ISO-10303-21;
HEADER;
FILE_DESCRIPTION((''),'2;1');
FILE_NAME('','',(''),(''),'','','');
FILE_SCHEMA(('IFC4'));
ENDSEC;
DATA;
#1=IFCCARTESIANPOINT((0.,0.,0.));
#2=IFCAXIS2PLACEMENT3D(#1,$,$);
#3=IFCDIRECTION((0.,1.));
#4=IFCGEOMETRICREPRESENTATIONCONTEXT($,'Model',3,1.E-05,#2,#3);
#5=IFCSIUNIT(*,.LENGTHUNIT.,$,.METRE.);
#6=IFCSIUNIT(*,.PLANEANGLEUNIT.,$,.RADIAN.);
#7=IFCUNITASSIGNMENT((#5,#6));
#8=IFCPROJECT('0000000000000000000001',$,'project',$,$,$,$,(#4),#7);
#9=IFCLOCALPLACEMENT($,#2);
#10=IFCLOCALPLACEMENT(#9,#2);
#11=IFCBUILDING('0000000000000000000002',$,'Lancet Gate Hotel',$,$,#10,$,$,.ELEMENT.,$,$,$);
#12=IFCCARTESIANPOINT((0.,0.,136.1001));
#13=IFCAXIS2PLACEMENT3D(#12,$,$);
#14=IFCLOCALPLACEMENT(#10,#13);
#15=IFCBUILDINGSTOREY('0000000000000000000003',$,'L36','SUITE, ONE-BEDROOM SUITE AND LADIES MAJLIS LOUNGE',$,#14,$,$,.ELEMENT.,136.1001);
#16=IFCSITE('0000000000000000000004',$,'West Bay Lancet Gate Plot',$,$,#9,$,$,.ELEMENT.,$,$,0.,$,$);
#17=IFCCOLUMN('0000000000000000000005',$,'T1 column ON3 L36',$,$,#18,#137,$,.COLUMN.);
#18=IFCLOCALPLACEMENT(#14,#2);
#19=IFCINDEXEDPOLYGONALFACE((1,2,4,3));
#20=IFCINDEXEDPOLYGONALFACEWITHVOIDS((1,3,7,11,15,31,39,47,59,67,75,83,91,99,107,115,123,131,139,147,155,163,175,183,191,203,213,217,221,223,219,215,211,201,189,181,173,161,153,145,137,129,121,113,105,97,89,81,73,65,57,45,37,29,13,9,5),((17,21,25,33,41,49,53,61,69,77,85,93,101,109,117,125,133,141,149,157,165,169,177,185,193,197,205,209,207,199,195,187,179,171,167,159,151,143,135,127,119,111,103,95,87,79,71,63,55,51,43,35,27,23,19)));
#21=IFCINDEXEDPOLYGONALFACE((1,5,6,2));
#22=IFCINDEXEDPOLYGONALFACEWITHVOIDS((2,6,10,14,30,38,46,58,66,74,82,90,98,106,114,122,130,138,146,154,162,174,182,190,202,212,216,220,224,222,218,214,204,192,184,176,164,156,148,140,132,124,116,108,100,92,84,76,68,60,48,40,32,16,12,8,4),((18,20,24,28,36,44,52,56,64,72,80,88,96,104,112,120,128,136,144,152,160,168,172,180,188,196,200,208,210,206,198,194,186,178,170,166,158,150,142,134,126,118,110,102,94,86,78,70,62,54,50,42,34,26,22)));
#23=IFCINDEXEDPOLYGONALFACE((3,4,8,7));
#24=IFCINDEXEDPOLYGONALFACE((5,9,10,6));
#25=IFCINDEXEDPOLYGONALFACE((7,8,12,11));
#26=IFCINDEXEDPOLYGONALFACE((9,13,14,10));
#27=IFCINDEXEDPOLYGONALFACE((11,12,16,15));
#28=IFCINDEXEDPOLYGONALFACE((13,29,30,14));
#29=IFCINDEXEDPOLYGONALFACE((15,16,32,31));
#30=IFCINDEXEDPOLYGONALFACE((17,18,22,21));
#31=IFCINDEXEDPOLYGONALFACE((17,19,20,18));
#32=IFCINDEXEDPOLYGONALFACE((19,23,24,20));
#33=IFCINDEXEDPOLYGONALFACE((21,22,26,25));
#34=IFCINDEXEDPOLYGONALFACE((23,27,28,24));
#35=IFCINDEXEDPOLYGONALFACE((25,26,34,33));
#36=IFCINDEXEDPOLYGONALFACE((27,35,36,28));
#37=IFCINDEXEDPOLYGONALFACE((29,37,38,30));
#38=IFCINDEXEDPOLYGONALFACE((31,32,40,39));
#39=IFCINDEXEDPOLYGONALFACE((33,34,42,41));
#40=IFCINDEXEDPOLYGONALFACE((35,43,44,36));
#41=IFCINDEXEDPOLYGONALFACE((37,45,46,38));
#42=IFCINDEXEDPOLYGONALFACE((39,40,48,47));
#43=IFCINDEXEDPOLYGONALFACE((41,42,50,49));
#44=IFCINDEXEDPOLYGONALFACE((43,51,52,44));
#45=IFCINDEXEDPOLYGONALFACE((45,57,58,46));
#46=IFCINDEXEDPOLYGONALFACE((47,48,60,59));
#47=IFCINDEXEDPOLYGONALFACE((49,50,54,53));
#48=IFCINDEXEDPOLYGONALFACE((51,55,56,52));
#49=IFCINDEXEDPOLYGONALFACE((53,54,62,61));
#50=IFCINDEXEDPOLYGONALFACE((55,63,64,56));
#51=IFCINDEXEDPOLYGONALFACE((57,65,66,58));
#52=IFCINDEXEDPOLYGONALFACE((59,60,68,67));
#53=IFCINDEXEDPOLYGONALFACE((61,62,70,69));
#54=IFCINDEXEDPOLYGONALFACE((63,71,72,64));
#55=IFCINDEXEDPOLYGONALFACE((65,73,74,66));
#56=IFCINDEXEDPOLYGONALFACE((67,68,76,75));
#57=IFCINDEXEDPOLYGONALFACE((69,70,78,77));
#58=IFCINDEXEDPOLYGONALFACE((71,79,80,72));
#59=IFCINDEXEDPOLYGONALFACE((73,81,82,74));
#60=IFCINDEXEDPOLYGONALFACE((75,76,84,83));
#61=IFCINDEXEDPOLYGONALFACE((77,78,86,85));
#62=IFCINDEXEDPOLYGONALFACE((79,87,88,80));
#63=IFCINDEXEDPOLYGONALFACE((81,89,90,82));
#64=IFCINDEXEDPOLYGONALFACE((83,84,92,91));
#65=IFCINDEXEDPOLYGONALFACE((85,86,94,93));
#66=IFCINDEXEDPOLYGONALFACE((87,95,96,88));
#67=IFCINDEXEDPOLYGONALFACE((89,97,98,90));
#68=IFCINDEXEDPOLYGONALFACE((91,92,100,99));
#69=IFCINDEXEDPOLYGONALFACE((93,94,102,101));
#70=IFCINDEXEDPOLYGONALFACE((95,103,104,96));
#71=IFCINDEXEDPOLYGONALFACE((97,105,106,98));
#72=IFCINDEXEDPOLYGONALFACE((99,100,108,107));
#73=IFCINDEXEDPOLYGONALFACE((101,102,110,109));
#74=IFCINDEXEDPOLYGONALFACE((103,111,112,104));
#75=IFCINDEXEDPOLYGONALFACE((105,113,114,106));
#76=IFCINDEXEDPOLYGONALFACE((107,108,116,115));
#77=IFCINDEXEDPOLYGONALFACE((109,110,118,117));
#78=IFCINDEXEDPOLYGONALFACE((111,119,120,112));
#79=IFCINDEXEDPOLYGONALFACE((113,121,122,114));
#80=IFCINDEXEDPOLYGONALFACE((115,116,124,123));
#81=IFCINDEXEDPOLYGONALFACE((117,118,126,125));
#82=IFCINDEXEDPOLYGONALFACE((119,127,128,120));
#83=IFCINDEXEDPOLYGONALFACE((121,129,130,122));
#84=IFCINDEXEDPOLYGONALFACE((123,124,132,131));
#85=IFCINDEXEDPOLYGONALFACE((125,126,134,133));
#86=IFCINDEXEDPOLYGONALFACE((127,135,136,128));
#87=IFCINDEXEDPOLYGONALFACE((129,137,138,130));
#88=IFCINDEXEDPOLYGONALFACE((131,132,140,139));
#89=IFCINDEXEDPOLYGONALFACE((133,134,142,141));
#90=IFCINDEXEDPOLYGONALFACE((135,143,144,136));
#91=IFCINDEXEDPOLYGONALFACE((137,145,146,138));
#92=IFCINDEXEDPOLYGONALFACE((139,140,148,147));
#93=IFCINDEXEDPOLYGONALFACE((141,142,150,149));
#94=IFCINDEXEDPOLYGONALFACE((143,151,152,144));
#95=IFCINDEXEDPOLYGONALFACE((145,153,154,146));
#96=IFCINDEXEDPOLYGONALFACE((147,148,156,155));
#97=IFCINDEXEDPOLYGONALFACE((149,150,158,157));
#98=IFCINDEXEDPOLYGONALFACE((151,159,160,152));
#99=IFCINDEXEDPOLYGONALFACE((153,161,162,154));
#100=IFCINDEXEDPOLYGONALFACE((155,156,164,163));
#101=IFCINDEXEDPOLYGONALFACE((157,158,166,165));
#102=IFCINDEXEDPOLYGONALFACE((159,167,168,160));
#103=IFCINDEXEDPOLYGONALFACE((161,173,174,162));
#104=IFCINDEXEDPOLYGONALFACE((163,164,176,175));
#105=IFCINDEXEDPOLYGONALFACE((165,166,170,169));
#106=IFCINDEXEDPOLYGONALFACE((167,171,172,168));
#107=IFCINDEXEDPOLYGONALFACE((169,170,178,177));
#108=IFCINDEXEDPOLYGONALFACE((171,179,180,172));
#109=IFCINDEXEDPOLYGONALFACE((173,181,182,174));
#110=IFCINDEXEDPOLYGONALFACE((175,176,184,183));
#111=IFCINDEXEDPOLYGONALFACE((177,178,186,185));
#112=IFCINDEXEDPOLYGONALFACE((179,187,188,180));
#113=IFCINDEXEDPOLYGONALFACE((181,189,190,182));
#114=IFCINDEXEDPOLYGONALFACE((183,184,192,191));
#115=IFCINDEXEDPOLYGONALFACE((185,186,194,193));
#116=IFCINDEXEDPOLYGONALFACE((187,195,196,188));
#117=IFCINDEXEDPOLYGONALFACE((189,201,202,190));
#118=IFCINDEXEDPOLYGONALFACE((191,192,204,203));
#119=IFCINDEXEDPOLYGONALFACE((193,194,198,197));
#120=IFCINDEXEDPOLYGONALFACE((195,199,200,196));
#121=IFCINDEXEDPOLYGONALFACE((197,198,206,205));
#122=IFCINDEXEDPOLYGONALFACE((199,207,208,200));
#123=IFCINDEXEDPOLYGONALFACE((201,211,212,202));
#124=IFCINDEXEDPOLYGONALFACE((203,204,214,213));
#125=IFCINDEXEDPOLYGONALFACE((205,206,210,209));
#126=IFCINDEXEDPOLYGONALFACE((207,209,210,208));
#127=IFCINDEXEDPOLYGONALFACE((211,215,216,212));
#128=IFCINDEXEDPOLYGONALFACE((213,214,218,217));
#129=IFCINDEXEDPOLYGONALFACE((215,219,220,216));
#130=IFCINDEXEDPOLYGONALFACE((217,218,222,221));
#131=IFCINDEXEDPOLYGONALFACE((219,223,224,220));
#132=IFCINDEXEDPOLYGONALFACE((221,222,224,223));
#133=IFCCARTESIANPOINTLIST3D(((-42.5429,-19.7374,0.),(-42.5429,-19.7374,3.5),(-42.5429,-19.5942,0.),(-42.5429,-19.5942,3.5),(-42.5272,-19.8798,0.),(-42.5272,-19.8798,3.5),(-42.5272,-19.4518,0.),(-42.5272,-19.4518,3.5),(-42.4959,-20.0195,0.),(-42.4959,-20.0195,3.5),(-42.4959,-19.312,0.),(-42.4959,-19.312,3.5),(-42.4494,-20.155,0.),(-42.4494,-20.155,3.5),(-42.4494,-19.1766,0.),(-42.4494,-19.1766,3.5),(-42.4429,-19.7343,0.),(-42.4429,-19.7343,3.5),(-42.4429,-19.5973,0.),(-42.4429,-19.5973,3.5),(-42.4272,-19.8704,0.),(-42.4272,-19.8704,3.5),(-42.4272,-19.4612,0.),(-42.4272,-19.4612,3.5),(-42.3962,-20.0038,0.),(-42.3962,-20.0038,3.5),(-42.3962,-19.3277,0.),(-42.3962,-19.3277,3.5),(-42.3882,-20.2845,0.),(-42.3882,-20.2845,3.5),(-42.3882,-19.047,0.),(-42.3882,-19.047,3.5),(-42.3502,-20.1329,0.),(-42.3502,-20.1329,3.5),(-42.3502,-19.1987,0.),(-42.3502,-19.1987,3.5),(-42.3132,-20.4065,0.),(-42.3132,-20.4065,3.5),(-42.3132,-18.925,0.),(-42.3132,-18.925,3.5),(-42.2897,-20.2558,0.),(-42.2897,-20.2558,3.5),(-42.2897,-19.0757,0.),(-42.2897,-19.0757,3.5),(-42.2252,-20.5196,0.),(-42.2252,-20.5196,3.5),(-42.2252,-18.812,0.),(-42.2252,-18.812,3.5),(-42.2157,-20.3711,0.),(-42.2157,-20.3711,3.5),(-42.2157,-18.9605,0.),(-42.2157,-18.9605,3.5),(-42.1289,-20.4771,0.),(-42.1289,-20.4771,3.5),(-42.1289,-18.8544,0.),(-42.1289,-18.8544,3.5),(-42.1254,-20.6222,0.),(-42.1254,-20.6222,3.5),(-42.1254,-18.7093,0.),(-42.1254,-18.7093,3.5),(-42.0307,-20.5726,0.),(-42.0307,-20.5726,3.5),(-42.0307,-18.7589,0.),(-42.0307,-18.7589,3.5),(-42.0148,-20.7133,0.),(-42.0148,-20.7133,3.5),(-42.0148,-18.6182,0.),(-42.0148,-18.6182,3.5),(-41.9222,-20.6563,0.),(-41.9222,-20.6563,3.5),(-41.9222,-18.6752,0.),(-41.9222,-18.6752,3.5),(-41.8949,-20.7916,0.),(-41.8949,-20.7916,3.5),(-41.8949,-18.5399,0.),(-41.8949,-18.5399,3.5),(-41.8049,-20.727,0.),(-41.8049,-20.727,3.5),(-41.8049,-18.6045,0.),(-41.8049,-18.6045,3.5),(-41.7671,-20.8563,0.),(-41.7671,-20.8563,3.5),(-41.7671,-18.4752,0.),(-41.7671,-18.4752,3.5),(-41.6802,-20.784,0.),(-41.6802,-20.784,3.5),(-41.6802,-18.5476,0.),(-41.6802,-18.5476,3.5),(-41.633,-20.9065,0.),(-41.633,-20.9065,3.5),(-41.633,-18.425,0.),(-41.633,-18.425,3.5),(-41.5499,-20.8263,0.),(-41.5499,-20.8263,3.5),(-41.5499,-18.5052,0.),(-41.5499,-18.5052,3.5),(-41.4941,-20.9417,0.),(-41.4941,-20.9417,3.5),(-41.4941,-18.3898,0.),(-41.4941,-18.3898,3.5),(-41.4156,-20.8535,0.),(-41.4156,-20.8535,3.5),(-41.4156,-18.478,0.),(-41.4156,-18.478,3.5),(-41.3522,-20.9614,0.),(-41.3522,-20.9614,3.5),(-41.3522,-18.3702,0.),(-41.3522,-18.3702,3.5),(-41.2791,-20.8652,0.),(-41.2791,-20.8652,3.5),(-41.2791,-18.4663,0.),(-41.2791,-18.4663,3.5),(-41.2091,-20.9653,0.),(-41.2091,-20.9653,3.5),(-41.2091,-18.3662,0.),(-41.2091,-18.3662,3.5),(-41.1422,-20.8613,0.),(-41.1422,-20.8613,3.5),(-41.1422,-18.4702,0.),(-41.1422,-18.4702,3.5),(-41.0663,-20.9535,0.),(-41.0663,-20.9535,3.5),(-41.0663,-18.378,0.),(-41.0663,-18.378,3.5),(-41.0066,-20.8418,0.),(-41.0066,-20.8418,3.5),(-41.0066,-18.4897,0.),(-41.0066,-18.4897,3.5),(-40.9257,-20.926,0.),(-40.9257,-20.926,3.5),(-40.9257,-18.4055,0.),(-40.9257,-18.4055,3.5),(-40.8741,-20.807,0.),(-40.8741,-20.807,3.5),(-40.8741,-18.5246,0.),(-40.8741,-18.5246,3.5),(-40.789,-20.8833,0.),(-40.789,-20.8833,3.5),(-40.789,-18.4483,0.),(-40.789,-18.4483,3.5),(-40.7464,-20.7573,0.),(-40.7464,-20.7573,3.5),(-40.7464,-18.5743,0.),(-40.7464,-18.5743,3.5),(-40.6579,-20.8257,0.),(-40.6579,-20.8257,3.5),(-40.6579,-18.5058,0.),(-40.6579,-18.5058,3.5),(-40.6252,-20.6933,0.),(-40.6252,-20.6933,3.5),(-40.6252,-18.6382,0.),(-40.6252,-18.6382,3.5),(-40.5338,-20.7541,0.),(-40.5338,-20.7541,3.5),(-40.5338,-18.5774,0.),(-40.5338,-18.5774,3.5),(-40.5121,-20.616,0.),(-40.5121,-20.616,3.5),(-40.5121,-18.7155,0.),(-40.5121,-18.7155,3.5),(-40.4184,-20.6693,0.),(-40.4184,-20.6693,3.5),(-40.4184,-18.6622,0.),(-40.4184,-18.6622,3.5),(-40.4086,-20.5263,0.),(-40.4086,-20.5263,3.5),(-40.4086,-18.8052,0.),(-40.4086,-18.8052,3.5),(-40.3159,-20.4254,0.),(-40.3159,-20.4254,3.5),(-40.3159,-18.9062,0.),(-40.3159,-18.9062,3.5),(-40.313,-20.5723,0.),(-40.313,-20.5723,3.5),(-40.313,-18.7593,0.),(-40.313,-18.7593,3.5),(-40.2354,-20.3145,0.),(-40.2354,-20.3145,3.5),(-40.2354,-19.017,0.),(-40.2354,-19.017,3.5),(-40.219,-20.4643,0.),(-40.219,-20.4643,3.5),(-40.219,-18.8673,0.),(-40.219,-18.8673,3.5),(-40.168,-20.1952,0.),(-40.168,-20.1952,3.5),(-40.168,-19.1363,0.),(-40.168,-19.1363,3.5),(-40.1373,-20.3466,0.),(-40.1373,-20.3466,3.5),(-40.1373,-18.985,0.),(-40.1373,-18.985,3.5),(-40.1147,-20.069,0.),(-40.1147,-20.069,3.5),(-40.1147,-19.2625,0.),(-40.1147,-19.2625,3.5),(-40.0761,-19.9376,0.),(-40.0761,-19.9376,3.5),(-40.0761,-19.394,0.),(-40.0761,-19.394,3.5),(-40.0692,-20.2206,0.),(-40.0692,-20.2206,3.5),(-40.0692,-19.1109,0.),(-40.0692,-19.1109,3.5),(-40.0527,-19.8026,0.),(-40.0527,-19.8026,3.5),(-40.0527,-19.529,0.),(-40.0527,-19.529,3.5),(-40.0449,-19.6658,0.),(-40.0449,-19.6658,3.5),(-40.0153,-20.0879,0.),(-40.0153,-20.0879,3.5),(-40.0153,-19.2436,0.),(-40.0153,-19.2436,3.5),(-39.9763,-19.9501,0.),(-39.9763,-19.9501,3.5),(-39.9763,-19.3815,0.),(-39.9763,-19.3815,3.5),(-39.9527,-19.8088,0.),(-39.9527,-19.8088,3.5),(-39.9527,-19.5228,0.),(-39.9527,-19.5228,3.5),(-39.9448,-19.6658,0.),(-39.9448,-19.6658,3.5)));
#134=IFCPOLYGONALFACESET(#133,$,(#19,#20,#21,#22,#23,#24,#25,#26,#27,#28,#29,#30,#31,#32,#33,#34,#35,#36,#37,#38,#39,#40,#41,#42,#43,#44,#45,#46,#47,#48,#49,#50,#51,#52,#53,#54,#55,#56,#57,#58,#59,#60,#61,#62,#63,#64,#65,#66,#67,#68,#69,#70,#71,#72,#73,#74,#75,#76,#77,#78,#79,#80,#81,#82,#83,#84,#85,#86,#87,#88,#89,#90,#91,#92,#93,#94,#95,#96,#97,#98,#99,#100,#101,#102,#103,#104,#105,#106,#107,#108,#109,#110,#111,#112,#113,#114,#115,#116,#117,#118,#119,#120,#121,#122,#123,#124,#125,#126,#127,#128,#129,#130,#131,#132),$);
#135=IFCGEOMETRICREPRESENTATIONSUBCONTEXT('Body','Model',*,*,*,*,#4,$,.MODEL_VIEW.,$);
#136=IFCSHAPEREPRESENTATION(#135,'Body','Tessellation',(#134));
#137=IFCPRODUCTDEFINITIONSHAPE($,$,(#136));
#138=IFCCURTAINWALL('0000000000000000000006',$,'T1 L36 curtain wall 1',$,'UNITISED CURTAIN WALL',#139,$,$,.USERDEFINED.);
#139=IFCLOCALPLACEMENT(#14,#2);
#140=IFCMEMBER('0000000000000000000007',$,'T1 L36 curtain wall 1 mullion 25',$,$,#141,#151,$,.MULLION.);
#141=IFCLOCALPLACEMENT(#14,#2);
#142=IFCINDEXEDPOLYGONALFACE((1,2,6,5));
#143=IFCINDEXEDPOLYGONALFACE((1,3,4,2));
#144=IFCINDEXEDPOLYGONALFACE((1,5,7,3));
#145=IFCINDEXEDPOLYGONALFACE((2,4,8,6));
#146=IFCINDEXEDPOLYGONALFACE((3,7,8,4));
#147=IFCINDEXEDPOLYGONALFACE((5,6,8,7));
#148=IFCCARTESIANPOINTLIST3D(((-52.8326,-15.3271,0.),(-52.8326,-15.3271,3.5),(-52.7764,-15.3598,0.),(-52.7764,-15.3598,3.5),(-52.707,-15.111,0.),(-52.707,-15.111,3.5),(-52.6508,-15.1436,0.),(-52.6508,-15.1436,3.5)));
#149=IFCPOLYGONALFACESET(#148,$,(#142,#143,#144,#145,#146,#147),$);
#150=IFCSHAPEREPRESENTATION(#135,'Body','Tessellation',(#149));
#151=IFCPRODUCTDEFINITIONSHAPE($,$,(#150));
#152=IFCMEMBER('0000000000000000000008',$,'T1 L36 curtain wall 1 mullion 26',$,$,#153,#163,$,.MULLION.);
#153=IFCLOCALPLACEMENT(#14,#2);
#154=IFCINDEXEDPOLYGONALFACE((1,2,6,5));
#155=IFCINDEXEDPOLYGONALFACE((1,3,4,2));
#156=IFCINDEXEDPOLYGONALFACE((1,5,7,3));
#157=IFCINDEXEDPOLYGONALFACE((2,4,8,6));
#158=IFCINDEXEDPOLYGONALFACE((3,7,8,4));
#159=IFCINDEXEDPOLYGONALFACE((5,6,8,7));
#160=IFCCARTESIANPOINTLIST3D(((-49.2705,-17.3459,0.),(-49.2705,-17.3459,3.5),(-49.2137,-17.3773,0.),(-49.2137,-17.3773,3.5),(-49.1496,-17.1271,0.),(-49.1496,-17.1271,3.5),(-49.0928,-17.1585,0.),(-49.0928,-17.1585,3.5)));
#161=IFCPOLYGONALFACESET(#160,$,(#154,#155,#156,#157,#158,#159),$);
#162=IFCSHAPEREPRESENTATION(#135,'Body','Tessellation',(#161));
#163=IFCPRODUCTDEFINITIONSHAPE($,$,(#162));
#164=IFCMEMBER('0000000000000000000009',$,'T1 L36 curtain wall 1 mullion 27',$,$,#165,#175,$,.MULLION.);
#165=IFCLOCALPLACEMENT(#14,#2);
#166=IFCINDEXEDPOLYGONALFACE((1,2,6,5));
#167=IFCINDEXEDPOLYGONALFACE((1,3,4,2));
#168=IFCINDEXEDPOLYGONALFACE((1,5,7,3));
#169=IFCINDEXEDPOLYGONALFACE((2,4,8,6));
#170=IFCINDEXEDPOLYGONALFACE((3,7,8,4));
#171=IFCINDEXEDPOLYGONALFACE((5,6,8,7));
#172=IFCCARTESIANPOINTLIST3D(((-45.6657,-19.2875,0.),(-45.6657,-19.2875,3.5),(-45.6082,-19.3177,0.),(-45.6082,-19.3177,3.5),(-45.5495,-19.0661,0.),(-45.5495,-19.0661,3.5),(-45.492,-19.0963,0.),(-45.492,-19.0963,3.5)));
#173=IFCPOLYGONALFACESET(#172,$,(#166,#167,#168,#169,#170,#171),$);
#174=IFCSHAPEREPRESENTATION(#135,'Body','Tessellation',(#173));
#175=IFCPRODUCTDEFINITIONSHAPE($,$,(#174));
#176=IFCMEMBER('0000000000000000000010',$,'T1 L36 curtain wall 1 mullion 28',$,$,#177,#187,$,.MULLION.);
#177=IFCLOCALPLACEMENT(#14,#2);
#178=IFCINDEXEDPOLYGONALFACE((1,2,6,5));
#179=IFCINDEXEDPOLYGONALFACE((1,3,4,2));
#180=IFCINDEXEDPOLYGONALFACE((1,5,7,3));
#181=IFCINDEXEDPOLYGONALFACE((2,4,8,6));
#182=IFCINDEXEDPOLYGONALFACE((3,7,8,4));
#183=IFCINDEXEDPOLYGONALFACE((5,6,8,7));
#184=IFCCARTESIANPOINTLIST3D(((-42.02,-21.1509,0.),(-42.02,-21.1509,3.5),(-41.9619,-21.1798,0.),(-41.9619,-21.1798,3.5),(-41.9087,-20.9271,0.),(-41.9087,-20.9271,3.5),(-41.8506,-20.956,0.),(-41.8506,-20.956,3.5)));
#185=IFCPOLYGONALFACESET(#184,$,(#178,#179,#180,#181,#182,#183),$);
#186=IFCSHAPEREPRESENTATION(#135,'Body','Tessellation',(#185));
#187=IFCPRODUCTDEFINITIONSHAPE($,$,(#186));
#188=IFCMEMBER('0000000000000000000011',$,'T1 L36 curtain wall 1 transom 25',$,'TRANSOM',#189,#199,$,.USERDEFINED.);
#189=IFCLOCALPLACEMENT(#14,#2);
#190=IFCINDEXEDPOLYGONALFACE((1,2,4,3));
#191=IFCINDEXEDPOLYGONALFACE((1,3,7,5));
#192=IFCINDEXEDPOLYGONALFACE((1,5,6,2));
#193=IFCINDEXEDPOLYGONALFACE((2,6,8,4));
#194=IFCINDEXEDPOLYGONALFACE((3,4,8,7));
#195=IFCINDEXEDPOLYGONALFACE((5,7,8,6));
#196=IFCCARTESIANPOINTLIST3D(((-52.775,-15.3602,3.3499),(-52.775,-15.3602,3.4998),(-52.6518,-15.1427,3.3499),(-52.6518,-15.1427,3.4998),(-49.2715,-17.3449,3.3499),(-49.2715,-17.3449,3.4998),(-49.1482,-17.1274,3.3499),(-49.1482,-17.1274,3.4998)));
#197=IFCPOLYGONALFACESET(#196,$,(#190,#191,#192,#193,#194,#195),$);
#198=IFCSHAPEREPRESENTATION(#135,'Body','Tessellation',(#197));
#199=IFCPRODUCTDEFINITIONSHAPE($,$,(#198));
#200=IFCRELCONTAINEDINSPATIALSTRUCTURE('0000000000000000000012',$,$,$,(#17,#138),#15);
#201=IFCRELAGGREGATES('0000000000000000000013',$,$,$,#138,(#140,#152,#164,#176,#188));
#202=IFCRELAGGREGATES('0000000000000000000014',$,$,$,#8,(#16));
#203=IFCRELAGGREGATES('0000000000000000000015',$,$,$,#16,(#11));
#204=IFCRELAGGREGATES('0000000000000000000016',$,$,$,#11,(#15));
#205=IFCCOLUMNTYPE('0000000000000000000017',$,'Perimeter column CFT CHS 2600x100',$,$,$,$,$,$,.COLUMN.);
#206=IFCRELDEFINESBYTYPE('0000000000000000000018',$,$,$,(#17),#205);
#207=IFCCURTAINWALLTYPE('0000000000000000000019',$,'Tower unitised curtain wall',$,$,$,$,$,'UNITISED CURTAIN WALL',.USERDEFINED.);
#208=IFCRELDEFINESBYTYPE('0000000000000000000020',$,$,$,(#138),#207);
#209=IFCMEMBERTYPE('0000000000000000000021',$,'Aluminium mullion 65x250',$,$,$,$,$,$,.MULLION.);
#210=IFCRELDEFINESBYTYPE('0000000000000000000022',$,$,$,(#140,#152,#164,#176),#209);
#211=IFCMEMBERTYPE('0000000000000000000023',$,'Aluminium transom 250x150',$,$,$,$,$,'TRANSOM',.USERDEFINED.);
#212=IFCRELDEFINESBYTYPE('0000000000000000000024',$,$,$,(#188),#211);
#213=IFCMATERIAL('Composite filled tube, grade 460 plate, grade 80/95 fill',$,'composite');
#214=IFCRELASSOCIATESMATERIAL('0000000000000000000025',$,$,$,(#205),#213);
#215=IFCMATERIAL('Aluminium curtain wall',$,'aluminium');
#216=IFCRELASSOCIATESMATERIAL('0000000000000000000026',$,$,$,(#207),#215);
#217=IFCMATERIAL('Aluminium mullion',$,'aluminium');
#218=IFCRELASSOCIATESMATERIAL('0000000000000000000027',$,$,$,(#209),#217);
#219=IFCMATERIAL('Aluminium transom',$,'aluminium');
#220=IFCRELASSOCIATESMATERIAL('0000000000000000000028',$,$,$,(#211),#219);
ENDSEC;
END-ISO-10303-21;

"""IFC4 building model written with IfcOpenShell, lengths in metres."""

from ifc_helpers import new_model, si_unit, direction, frame, origin, origin_2d, place, context, subcontext, project, spatial, rectangle, hollow_circle, extrude, material, material_profile, profile_set, type_object, element, aggregate, save


model = new_model("IFC4")

# Units and contexts
model_context = context("Model", 3, precision=1e-05, world=origin(), true_north=direction((0.0, 1.0)))
body_context = subcontext(model_context, "Body", "Model", "MODEL_VIEW")
ifc_project = project(units=[si_unit("LENGTHUNIT", "METRE"), si_unit("PLANEANGLEUNIT", "RADIAN")], contexts=[model_context])

# Site, building, storey
site_placement = place(None, origin())
site = spatial("IfcSite", under=ifc_project, at=site_placement, Name="West Bay Lancet Gate Plot", CompositionType="ELEMENT", RefElevation=0.0)
building_placement = place(site_placement, origin())
building = spatial("IfcBuilding", under=site, at=building_placement, Name="Lancet Gate Hotel", CompositionType="ELEMENT")
storey_placement = place(building_placement, frame((0.0, 0.0, 136.1001)))
storey = spatial("IfcBuildingStorey", under=building, at=storey_placement, Name="L36", Description="SUITE, ONE-BEDROOM SUITE AND LADIES MAJLIS LOUNGE", CompositionType="ELEMENT", Elevation=136.1001)

# Column
ifc_material_1 = material(Name="Composite filled tube, grade 460 plate, grade 80/95 fill", Category="composite")
ifc_material_profile_1 = material_profile(ifc_material_1, hollow_circle(Radius=1.3, WallThickness=0.1001, at=origin_2d()), Name="CHS 2600x100")
ifc_profile_set_1 = profile_set([ifc_material_profile_1], Name="Composite filled tube, grade 460 plate, grade 80/95 fill")
column_type = type_object("IfcColumnType", Name="Perimeter column CFT CHS 2600x100", PredefinedType="COLUMN", material=ifc_profile_set_1)
for number, where, z_axis, x_axis, name in (
    (1, (-41.2449, -19.6658, 0.0), (0.0, 0.0, 1.0), (1.0, 0.0, 0.0), "T1 column ON3 L36"),
):
    element("IfcColumn", number, at=place(storey_placement, frame(where, z_axis=z_axis, x_axis=x_axis)), inside=storey, type_object=column_type, Name=name, PredefinedType="COLUMN", context=body_context, shape_type="SweptSolid", body=[
        extrude(hollow_circle(Radius=1.3, WallThickness=0.1001, at=origin_2d()), origin(), (0.0, 0.0, 1.0), 3.5),
    ])

# Curtain wall, members
ifc_material_2 = material(Name="Aluminium curtain wall", Category="aluminium")
curtain_wall_type = type_object("IfcCurtainWallType", Name="Tower unitised curtain wall", ElementType="UNITISED CURTAIN WALL", PredefinedType="USERDEFINED", material=ifc_material_2)
curtain_wall_placement = place(storey_placement, origin())
curtain_wall = element("IfcCurtainWall", 2, at=curtain_wall_placement, inside=storey, type_object=curtain_wall_type, Name="T1 L36 curtain wall 1", ObjectType="UNITISED CURTAIN WALL", PredefinedType="USERDEFINED")
ifc_material_3 = material(Name="Aluminium mullion", Category="aluminium")
ifc_material_profile_2 = material_profile(ifc_material_3, rectangle(XDim=0.0649, YDim=0.25, at=origin_2d()), Name="MULLION 65x250")
ifc_profile_set_2 = profile_set([ifc_material_profile_2], Name="Aluminium mullion")
member_type_1 = type_object("IfcMemberType", Name="Aluminium mullion 65x250", PredefinedType="MULLION", material=ifc_profile_set_2)
member_1_placement = place(storey_placement, frame((-52.7417, -15.2354, 0.0), z_axis=(0.0, 0.0, 1.0), x_axis=(0.864728, -0.502241, 0.0)))
member_1 = element("IfcMember", 3, at=member_1_placement, type_object=member_type_1, Name="T1 L36 curtain wall 1 mullion 25", PredefinedType="MULLION", context=body_context, shape_type="SweptSolid", body=[
    extrude(rectangle(XDim=0.0649, YDim=0.25, at=origin_2d()), origin(), (0.0, 0.0, 1.0), 3.5),
])
member_2_placement = place(storey_placement, frame((-49.1816, -17.2522, 0.0), z_axis=(0.0, 0.0, 1.0), x_axis=(0.875339, -0.48351, 0.0)))
member_2 = element("IfcMember", 4, at=member_2_placement, type_object=member_type_1, Name="T1 L36 curtain wall 1 mullion 26", PredefinedType="MULLION", context=body_context, shape_type="SweptSolid", body=[
    extrude(rectangle(XDim=0.0649, YDim=0.25, at=origin_2d()), origin(), (0.0, 0.0, 1.0), 3.5),
])
member_3_placement = place(storey_placement, frame((-45.5789, -19.1919, 0.0), z_axis=(0.0, 0.0, 1.0), x_axis=(0.885544, -0.464555, 0.0)))
member_3 = element("IfcMember", 5, at=member_3_placement, type_object=member_type_1, Name="T1 L36 curtain wall 1 mullion 27", PredefinedType="MULLION", context=body_context, shape_type="SweptSolid", body=[
    extrude(rectangle(XDim=0.0649, YDim=0.25, at=origin_2d()), origin(), (0.0, 0.0, 1.0), 3.5),
])
member_4_placement = place(storey_placement, frame((-41.9353, -21.0535, 0.0), z_axis=(0.0, 0.0, 1.0), x_axis=(0.895339, -0.445384, 0.0)))
member_4 = element("IfcMember", 6, at=member_4_placement, type_object=member_type_1, Name="T1 L36 curtain wall 1 mullion 28", PredefinedType="MULLION", context=body_context, shape_type="SweptSolid", body=[
    extrude(rectangle(XDim=0.0649, YDim=0.25, at=origin_2d()), origin(), (0.0, 0.0, 1.0), 3.5),
])
ifc_material_4 = material(Name="Aluminium transom", Category="aluminium")
ifc_material_profile_3 = material_profile(ifc_material_4, rectangle(XDim=0.25, YDim=0.1499, at=origin_2d()), Name="TRANSOM 250x150")
ifc_profile_set_3 = profile_set([ifc_material_profile_3], Name="Aluminium transom")
member_type_2 = type_object("IfcMemberType", Name="Aluminium transom 250x150", ElementType="TRANSOM", PredefinedType="USERDEFINED", material=ifc_profile_set_3)
member_5_placement = place(storey_placement, frame((-52.7134, -15.2515, 3.4248), z_axis=(0.870092, -0.49289, 0.0), x_axis=(0.49289, 0.870092, 0.0)))
member_5 = element("IfcMember", 7, at=member_5_placement, type_object=member_type_2, Name="T1 L36 curtain wall 1 transom 25", ObjectType="TRANSOM", PredefinedType="USERDEFINED", context=body_context, shape_type="SweptSolid", body=[
    extrude(rectangle(XDim=0.25, YDim=0.1499, at=origin_2d()), origin(), (0.0, 0.0, 1.0), 4.0266),
])

aggregate(curtain_wall, [member_1, member_2, member_3, member_4, member_5])

save(model, "model.ifc")
